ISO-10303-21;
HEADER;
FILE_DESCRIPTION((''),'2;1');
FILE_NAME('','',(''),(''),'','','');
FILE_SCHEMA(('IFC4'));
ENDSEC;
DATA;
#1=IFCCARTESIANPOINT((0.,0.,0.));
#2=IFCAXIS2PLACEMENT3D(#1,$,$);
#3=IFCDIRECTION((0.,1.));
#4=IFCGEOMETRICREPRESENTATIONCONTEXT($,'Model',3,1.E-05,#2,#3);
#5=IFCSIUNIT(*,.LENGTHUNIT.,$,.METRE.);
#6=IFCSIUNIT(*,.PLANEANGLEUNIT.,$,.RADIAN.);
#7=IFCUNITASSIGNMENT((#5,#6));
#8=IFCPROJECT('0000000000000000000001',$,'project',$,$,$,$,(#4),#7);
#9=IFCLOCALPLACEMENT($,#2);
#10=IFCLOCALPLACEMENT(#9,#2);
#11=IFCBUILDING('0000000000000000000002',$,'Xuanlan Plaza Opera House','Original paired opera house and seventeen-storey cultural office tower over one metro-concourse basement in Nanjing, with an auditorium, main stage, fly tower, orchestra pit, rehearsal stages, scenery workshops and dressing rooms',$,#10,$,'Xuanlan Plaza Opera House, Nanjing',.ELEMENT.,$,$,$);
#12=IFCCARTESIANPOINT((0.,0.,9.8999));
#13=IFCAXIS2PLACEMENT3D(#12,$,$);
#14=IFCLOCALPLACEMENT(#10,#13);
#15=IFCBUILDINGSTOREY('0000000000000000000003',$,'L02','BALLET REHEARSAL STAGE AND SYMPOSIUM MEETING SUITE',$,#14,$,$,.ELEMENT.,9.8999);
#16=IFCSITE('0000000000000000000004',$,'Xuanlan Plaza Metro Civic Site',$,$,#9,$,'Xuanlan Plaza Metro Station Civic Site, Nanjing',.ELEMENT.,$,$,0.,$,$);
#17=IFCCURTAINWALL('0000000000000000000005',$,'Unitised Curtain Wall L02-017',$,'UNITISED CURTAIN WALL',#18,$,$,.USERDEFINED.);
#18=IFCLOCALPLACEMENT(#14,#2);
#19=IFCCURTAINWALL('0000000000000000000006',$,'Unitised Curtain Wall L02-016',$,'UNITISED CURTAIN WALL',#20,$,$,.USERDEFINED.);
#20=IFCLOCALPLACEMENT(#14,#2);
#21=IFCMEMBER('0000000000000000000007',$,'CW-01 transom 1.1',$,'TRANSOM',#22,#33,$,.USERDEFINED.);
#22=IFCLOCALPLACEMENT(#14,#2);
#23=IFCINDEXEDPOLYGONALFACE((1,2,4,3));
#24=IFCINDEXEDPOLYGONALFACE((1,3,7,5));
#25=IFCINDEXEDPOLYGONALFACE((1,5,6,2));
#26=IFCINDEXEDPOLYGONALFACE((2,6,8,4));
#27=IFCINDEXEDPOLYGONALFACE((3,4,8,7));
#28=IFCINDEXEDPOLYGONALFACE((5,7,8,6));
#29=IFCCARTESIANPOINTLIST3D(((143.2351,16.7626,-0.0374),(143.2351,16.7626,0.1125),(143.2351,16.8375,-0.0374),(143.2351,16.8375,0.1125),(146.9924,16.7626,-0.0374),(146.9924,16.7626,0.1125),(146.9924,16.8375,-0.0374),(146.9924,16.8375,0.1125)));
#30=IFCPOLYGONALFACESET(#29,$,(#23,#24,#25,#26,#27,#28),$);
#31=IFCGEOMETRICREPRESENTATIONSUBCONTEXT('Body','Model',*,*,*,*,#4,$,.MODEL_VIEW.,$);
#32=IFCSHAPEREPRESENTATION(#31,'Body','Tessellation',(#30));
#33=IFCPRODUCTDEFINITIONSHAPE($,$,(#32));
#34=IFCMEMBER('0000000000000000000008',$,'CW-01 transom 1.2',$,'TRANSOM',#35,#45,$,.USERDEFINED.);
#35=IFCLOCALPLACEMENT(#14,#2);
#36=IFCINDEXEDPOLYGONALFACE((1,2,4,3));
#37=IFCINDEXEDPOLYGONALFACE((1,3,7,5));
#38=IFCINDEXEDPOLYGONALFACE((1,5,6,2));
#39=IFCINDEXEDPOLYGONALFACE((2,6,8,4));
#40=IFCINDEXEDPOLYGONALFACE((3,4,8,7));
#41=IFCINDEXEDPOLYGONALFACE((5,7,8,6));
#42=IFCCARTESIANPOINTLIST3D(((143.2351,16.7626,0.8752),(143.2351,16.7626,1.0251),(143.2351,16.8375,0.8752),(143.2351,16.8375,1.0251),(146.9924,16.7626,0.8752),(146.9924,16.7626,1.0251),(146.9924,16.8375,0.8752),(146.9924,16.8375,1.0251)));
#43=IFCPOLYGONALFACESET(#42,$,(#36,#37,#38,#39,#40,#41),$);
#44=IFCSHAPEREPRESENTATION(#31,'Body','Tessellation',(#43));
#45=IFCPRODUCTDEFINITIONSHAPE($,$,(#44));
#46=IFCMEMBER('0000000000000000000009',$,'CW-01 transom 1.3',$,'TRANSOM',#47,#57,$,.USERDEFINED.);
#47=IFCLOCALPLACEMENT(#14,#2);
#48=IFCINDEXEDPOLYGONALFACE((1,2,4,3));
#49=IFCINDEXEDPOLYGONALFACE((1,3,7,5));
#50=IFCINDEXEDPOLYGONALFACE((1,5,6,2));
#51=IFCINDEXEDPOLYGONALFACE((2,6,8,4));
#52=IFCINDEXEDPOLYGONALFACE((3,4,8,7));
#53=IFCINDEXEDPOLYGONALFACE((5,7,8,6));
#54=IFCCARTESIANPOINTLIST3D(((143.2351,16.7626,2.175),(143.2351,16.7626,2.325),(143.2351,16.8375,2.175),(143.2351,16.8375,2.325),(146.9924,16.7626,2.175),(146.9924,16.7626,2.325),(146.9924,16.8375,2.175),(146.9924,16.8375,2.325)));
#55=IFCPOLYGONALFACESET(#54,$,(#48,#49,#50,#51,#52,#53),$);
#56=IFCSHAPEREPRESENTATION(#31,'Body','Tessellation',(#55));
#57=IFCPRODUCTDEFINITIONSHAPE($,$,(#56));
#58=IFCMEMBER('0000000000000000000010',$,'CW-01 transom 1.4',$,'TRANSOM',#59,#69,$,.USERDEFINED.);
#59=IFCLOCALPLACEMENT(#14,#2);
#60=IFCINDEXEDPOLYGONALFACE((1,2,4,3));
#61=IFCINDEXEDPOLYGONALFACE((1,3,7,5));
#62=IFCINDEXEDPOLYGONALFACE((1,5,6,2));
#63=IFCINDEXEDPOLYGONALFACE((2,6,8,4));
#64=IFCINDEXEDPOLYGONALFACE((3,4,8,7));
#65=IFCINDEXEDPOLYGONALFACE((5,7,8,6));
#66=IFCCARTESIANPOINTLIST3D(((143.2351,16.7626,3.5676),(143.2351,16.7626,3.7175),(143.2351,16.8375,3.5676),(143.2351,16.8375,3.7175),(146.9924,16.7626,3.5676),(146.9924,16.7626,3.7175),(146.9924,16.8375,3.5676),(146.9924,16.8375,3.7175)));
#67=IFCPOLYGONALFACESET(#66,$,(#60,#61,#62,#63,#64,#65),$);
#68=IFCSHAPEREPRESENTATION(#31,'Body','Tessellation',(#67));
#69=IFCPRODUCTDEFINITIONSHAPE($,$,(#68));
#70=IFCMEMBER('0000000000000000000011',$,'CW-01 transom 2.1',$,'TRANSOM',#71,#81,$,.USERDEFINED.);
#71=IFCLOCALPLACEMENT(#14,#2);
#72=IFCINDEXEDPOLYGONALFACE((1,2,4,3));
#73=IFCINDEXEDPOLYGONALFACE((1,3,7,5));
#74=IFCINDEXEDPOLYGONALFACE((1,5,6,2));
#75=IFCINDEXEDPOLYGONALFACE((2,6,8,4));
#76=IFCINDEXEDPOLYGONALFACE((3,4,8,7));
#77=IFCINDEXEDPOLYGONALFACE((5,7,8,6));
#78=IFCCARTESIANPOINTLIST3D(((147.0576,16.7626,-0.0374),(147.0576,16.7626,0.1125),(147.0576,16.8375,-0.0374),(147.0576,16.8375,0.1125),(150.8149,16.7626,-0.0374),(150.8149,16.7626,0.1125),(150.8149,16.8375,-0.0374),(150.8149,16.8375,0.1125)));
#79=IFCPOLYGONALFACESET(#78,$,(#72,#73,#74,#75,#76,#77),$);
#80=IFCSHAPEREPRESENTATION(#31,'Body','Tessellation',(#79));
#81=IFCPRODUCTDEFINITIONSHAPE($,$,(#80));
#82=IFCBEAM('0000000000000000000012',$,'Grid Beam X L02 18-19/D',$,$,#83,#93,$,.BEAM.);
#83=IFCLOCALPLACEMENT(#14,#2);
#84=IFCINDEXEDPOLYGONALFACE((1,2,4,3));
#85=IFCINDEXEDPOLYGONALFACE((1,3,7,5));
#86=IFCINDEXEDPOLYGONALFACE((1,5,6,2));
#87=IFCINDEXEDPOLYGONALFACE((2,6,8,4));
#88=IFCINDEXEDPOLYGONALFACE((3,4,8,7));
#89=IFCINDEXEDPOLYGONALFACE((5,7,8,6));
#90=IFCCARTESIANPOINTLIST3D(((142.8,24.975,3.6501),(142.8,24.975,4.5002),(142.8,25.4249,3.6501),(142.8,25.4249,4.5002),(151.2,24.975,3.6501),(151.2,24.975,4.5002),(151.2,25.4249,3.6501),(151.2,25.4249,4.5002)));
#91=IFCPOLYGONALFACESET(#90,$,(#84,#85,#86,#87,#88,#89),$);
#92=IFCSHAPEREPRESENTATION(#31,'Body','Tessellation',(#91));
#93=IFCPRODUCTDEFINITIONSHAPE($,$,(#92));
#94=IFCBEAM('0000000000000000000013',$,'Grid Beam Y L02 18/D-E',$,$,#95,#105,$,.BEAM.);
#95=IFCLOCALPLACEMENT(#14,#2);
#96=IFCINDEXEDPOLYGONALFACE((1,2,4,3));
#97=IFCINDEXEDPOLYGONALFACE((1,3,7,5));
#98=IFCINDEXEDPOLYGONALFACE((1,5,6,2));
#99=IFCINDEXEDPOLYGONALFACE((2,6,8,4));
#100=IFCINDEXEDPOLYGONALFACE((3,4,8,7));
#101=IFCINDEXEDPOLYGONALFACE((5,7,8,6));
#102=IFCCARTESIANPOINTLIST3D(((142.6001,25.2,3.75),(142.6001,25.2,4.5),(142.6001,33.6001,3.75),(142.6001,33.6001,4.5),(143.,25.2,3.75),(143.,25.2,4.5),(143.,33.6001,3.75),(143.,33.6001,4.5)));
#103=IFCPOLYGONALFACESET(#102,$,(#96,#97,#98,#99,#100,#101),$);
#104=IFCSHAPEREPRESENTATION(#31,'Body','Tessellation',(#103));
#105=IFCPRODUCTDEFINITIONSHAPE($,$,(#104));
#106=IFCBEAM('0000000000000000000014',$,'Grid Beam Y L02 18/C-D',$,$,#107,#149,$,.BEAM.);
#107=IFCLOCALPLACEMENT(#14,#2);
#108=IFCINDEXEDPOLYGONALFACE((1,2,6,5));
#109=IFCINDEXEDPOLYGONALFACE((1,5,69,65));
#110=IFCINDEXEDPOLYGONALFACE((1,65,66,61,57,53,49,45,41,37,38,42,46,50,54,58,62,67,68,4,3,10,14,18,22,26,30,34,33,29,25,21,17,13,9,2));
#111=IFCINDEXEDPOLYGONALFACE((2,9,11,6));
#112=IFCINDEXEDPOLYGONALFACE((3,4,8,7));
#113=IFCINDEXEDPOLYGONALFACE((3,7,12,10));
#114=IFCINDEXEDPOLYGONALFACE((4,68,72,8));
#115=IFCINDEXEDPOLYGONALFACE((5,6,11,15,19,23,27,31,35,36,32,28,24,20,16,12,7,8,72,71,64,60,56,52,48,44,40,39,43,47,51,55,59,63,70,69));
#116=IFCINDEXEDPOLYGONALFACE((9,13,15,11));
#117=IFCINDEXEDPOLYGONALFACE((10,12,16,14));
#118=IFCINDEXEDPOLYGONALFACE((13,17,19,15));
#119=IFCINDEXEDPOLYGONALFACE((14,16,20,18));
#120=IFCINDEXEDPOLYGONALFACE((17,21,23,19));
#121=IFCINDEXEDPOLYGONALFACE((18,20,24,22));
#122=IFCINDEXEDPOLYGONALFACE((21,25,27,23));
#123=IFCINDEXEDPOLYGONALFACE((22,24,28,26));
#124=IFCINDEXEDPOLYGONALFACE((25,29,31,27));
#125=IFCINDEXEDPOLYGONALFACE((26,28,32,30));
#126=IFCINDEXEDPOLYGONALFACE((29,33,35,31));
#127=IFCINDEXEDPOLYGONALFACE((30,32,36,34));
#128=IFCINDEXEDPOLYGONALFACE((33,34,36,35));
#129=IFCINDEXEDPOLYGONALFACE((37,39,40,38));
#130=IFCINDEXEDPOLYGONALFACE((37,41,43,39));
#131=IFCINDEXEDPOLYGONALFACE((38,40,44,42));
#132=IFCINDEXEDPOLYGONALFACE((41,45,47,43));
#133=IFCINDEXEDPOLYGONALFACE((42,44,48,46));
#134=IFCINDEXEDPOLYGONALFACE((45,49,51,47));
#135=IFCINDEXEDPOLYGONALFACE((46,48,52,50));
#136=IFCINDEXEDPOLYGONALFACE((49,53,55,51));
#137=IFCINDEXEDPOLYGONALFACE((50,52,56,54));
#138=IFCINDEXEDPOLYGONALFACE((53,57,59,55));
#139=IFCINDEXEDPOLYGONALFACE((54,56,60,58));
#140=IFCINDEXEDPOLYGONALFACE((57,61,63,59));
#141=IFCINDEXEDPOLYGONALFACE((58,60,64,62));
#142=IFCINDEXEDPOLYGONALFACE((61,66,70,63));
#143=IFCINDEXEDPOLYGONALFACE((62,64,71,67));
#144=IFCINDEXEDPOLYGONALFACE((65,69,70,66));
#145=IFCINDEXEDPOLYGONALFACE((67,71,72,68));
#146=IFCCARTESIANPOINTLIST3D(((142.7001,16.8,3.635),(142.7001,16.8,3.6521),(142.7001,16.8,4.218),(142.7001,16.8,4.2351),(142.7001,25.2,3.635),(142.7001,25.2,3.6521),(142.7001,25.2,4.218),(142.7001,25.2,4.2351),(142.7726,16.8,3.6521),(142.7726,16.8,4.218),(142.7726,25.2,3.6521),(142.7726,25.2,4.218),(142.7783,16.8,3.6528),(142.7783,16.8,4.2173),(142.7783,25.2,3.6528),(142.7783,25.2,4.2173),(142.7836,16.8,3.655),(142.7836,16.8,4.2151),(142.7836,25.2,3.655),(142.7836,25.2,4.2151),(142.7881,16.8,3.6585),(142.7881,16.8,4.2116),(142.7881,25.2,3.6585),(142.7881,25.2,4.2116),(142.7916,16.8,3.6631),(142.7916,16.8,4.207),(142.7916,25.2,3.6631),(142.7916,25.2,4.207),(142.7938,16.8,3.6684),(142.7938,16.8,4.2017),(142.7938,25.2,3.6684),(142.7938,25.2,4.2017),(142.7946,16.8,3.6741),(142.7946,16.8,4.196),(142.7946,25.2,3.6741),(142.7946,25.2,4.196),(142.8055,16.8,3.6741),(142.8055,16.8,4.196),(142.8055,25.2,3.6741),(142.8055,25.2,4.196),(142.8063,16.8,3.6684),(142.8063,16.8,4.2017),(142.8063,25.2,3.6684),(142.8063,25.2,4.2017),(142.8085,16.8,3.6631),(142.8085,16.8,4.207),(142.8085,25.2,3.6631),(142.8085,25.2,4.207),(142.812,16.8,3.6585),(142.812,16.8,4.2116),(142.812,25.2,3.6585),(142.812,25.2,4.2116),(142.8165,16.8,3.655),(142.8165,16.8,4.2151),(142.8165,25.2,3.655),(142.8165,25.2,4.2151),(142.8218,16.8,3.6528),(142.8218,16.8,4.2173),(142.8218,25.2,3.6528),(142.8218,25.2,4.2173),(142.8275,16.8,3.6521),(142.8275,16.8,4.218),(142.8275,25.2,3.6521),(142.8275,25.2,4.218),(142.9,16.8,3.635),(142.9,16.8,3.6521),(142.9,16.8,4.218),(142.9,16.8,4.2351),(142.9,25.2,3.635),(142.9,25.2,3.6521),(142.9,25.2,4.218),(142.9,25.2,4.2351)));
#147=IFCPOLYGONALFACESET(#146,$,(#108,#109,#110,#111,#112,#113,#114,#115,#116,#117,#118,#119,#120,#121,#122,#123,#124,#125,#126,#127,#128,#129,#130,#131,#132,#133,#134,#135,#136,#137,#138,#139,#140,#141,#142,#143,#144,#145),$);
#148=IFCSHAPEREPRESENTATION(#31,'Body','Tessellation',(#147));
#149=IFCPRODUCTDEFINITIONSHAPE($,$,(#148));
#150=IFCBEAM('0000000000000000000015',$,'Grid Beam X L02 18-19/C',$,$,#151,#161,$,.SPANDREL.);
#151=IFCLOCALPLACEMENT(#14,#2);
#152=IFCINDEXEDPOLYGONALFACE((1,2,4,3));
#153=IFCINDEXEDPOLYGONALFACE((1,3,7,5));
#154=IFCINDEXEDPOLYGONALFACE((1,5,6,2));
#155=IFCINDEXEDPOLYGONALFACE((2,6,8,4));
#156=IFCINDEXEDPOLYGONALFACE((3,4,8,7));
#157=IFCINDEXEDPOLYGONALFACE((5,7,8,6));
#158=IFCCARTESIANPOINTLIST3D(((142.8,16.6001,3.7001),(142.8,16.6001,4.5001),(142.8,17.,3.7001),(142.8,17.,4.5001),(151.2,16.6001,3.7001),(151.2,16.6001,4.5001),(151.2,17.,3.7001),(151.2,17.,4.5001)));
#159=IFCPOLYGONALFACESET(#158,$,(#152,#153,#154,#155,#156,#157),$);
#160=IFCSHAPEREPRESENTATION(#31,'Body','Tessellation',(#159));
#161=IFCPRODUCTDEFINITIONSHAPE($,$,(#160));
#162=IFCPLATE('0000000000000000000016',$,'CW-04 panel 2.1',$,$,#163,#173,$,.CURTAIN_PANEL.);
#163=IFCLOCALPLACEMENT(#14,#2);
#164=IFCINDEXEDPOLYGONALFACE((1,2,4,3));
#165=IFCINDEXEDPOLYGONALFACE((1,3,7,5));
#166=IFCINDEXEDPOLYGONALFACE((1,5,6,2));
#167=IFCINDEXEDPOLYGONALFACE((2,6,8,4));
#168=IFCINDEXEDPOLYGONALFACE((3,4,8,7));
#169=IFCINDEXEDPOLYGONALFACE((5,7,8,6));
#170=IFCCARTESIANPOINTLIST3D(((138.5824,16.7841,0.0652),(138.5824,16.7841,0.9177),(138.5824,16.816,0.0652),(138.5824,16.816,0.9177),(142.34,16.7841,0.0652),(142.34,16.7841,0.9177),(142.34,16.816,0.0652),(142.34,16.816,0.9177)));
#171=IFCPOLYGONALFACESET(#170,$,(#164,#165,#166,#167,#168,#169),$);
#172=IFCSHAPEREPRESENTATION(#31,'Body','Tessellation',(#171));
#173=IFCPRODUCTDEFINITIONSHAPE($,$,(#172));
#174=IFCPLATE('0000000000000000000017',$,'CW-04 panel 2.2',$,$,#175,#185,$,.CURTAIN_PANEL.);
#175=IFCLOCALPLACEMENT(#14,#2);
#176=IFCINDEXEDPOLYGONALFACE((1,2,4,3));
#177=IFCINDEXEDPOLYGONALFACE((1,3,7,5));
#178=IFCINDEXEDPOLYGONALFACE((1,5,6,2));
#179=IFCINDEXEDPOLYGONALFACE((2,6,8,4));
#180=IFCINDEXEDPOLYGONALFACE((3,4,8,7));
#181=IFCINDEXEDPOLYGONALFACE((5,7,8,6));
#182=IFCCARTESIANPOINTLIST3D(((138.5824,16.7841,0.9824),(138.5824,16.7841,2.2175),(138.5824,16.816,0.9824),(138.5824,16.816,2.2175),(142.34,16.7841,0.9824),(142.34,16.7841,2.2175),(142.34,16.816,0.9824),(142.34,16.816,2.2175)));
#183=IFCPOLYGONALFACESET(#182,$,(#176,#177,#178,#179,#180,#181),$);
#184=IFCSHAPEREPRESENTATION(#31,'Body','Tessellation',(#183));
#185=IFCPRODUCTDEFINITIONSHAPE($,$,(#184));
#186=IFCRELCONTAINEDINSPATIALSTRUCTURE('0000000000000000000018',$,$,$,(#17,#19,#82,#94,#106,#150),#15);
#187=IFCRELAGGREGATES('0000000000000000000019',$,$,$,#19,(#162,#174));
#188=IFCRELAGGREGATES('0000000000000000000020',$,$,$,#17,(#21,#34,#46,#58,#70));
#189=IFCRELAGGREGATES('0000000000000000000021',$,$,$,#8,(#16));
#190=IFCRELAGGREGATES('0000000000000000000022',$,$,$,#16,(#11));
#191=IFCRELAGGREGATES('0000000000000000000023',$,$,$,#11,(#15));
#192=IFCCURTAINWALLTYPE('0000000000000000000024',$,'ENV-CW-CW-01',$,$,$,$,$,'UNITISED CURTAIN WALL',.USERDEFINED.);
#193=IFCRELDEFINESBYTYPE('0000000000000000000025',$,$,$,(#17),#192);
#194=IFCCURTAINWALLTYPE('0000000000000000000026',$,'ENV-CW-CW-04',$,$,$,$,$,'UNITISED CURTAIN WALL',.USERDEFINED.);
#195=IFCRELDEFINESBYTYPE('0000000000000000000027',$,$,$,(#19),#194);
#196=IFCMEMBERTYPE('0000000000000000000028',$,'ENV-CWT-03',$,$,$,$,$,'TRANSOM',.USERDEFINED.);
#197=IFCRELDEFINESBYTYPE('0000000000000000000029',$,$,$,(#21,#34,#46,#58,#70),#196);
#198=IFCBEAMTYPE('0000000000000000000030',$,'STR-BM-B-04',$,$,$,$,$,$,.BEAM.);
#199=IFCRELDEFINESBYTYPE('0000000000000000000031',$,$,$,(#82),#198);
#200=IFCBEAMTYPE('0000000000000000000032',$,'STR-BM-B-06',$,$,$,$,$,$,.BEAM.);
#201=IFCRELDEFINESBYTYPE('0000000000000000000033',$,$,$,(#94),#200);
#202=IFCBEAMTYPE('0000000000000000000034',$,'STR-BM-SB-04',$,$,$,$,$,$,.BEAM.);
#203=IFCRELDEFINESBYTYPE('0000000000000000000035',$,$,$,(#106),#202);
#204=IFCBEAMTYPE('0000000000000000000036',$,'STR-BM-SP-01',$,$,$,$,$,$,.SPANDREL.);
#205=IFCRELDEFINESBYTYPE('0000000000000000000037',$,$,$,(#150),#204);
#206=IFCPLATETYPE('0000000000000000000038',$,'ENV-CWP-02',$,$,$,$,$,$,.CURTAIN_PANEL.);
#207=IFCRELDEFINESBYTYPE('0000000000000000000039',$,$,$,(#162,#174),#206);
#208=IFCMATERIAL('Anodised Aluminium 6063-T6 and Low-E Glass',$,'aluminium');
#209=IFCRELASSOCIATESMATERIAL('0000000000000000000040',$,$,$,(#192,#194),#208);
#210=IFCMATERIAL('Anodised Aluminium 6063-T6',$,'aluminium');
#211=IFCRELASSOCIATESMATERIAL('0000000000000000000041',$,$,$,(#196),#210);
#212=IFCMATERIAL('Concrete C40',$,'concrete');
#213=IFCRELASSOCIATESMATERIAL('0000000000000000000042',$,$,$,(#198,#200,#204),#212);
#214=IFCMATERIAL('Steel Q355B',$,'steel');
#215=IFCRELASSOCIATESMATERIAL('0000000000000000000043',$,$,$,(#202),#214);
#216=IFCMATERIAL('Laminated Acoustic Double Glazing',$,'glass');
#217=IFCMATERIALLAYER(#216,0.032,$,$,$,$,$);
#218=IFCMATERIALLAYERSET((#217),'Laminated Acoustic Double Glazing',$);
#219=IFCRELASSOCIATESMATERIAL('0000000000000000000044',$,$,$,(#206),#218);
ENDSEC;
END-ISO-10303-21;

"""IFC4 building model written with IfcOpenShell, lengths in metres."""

from ifc_helpers import new_model, si_unit, direction, frame, origin, origin_2d, place, context, subcontext, project, spatial, rectangle, i_section, extrude, material, layer, layer_set, material_profile, profile_set, type_object, element, aggregate, save


model = new_model("IFC4")

# Units and contexts
model_context = context("Model", 3, precision=1e-05, world=origin(), true_north=direction((0.0, 1.0)))
body_context = subcontext(model_context, "Body", "Model", "MODEL_VIEW")
ifc_project = project(units=[si_unit("LENGTHUNIT", "METRE"), si_unit("PLANEANGLEUNIT", "RADIAN")], contexts=[model_context])

# Site, building, storey
site_placement = place(None, origin())
site = spatial("IfcSite", under=ifc_project, at=site_placement, Name="Xuanlan Plaza Metro Civic Site", LongName="Xuanlan Plaza Metro Station Civic Site, Nanjing", CompositionType="ELEMENT", RefElevation=0.0)
building_placement = place(site_placement, origin())
building = spatial("IfcBuilding", under=site, at=building_placement, Name="Xuanlan Plaza Opera House", Description="Original paired opera house and seventeen-storey cultural office tower over one metro-concourse basement in Nanjing, with an auditorium, main stage, fly tower, orchestra pit, rehearsal stages, scenery workshops and dressing rooms", LongName="Xuanlan Plaza Opera House, Nanjing", CompositionType="ELEMENT")
storey_placement = place(building_placement, frame((0.0, 0.0, 9.8999)))
storey = spatial("IfcBuildingStorey", under=building, at=storey_placement, Name="L02", Description="BALLET REHEARSAL STAGE AND SYMPOSIUM MEETING SUITE", CompositionType="ELEMENT", Elevation=9.8999)

# Shared definitions
ifc_material_1 = material(Name="Concrete C40", Category="concrete")

# Curtain walls
ifc_material_2 = material(Name="Anodised Aluminium 6063-T6 and Low-E Glass", Category="aluminium")
curtain_wall_type_1 = type_object("IfcCurtainWallType", Name="ENV-CW-CW-01", ElementType="UNITISED CURTAIN WALL", PredefinedType="USERDEFINED", material=ifc_material_2)
curtain_wall_1_placement = place(storey_placement, origin())
curtain_wall_1 = element("IfcCurtainWall", 1, at=curtain_wall_1_placement, inside=storey, type_object=curtain_wall_type_1, Name="Unitised Curtain Wall L02-017", ObjectType="UNITISED CURTAIN WALL", PredefinedType="USERDEFINED")
ifc_material_3 = material(Name="Anodised Aluminium 6063-T6", Category="aluminium")
curtain_wall_type_2 = type_object("IfcCurtainWallType", Name="ENV-CW-CW-04", ElementType="UNITISED CURTAIN WALL", PredefinedType="USERDEFINED", material=ifc_material_2)
curtain_wall_2_placement = place(storey_placement, origin())
curtain_wall_2 = element("IfcCurtainWall", 2, at=curtain_wall_2_placement, inside=storey, type_object=curtain_wall_type_2, Name="Unitised Curtain Wall L02-016", ObjectType="UNITISED CURTAIN WALL", PredefinedType="USERDEFINED")

# Members
ifc_material_profile_1 = material_profile(ifc_material_3, rectangle(XDim=0.075, YDim=0.1499, at=origin_2d()), Name="ALU-T 75x150")
ifc_profile_set_1 = profile_set([ifc_material_profile_1], Name="Anodised Aluminium 6063-T6")
member_type_1 = type_object("IfcMemberType", Name="ENV-CWT-03", ElementType="TRANSOM", PredefinedType="USERDEFINED", material=ifc_profile_set_1)
member_1_placement = place(storey_placement, frame((143.2351, 16.8, 0.0376), z_axis=(1.0, 0.0, 0.0), x_axis=(0.0, 1.0, 0.0)))
member_1 = element("IfcMember", 3, at=member_1_placement, type_object=member_type_1, Name="CW-01 transom 1.1", ObjectType="TRANSOM", PredefinedType="USERDEFINED", context=body_context, shape_type="SweptSolid", body=[
    extrude(rectangle(XDim=0.075, YDim=0.1499, at=origin_2d()), origin(), (0.0, 0.0, 1.0), 3.7573),
])
member_2_placement = place(storey_placement, frame((143.2351, 16.8, 0.9502), z_axis=(1.0, 0.0, 0.0), x_axis=(0.0, 1.0, 0.0)))
member_2 = element("IfcMember", 4, at=member_2_placement, type_object=member_type_1, Name="CW-01 transom 1.2", ObjectType="TRANSOM", PredefinedType="USERDEFINED", context=body_context, shape_type="SweptSolid", body=[
    extrude(rectangle(XDim=0.075, YDim=0.1499, at=origin_2d()), origin(), (0.0, 0.0, 1.0), 3.7573),
])
member_3_placement = place(storey_placement, frame((143.2351, 16.8, 2.25), z_axis=(1.0, 0.0, 0.0), x_axis=(0.0, 1.0, 0.0)))
member_3 = element("IfcMember", 5, at=member_3_placement, type_object=member_type_1, Name="CW-01 transom 1.3", ObjectType="TRANSOM", PredefinedType="USERDEFINED", context=body_context, shape_type="SweptSolid", body=[
    extrude(rectangle(XDim=0.075, YDim=0.1499, at=origin_2d()), origin(), (0.0, 0.0, 1.0), 3.7573),
])
member_4_placement = place(storey_placement, frame((143.2351, 16.8, 3.6426), z_axis=(1.0, 0.0, 0.0), x_axis=(0.0, 1.0, 0.0)))
member_4 = element("IfcMember", 6, at=member_4_placement, type_object=member_type_1, Name="CW-01 transom 1.4", ObjectType="TRANSOM", PredefinedType="USERDEFINED", context=body_context, shape_type="SweptSolid", body=[
    extrude(rectangle(XDim=0.075, YDim=0.1499, at=origin_2d()), origin(), (0.0, 0.0, 1.0), 3.7573),
])
member_5_placement = place(storey_placement, frame((147.0576, 16.8, 0.0376), z_axis=(1.0, 0.0, 0.0), x_axis=(0.0, 1.0, 0.0)))
member_5 = element("IfcMember", 7, at=member_5_placement, type_object=member_type_1, Name="CW-01 transom 2.1", ObjectType="TRANSOM", PredefinedType="USERDEFINED", context=body_context, shape_type="SweptSolid", body=[
    extrude(rectangle(XDim=0.075, YDim=0.1499, at=origin_2d()), origin(), (0.0, 0.0, 1.0), 3.7573),
])

# Beams
ifc_material_profile_2 = material_profile(ifc_material_1, rectangle(XDim=0.45, YDim=0.8501, at=origin_2d()), Name="RC-BM 450x850")
ifc_profile_set_2 = profile_set([ifc_material_profile_2], Name="Concrete C40")
beam_type_1 = type_object("IfcBeamType", Name="STR-BM-B-04", PredefinedType="BEAM", material=ifc_profile_set_2)
beam_1_placement = place(storey_placement, frame((142.8, 25.2, 4.0752), z_axis=(1.0, 0.0, 0.0), x_axis=(0.0, 1.0, 0.0)))
element("IfcBeam", 8, at=beam_1_placement, inside=storey, type_object=beam_type_1, Name="Grid Beam X L02 18-19/D", PredefinedType="BEAM", context=body_context, shape_type="SweptSolid", body=[
    extrude(rectangle(XDim=0.45, YDim=0.8501, at=origin_2d()), origin(), (0.0, 0.0, 1.0), 8.3999),
])
ifc_material_profile_3 = material_profile(ifc_material_1, rectangle(XDim=0.3999, YDim=0.75, at=origin_2d()), Name="RC-BM 400x750")
ifc_profile_set_3 = profile_set([ifc_material_profile_3], Name="Concrete C40")
beam_type_2 = type_object("IfcBeamType", Name="STR-BM-B-06", PredefinedType="BEAM", material=ifc_profile_set_3)
beam_2_placement = place(storey_placement, frame((142.8, 25.2, 4.125), z_axis=(0.0, 1.0, 0.0), x_axis=(-1.0, 0.0, 0.0)))
element("IfcBeam", 9, at=beam_2_placement, inside=storey, type_object=beam_type_2, Name="Grid Beam Y L02 18/D-E", PredefinedType="BEAM", context=body_context, shape_type="SweptSolid", body=[
    extrude(rectangle(XDim=0.3999, YDim=0.75, at=origin_2d()), origin(), (0.0, 0.0, 1.0), 8.4001),
])
ifc_material_4 = material(Name="Steel Q355B", Category="steel")
ifc_material_profile_4 = material_profile(ifc_material_4, i_section(OverallWidth=0.2, OverallDepth=0.6001, WebThickness=0.011, FlangeThickness=0.0171, FilletRadius=0.022, at=origin_2d()), Name="HN 600x200x11x17")
ifc_profile_set_4 = profile_set([ifc_material_profile_4], Name="Steel Q355B")
beam_type_3 = type_object("IfcBeamType", Name="STR-BM-SB-04", PredefinedType="BEAM", material=ifc_profile_set_4)
beam_3_placement = place(storey_placement, frame((142.8, 16.8, 3.9351), z_axis=(0.0, 1.0, 0.0), x_axis=(-1.0, 0.0, 0.0)))
element("IfcBeam", 10, at=beam_3_placement, inside=storey, type_object=beam_type_3, Name="Grid Beam Y L02 18/C-D", PredefinedType="BEAM", context=body_context, shape_type="SweptSolid", body=[
    extrude(i_section(OverallWidth=0.2, OverallDepth=0.6001, WebThickness=0.011, FlangeThickness=0.0171, FilletRadius=0.022, at=origin_2d()), origin(), (0.0, 0.0, 1.0), 8.3999),
])
ifc_material_profile_5 = material_profile(ifc_material_1, rectangle(XDim=0.3999, YDim=0.8, at=origin_2d()), Name="RC-SPD 400x800")
ifc_profile_set_5 = profile_set([ifc_material_profile_5], Name="Concrete C40")
beam_type_4 = type_object("IfcBeamType", Name="STR-BM-SP-01", PredefinedType="SPANDREL", material=ifc_profile_set_5)
beam_4_placement = place(storey_placement, frame((142.8, 16.8, 4.1001), z_axis=(1.0, 0.0, 0.0), x_axis=(0.0, 1.0, 0.0)))
element("IfcBeam", 11, at=beam_4_placement, inside=storey, type_object=beam_type_4, Name="Grid Beam X L02 18-19/C", PredefinedType="SPANDREL", context=body_context, shape_type="SweptSolid", body=[
    extrude(rectangle(XDim=0.3999, YDim=0.8, at=origin_2d()), origin(), (0.0, 0.0, 1.0), 8.3999),
])

# Plates
ifc_material_5 = material(Name="Laminated Acoustic Double Glazing", Category="glass")
ifc_layer_1 = layer(ifc_material_5, 0.032)
ifc_layer_set_1 = layer_set([ifc_layer_1], Name="Laminated Acoustic Double Glazing")
plate_type_1 = type_object("IfcPlateType", Name="ENV-CWP-02", PredefinedType="CURTAIN_PANEL", material=ifc_layer_set_1)
plate_1_placement = place(storey_placement, frame((140.4612, 16.8, 0.0652), z_axis=(0.0, 0.0, 1.0), x_axis=(1.0, 0.0, 0.0)))
plate_1 = element("IfcPlate", 12, at=plate_1_placement, type_object=plate_type_1, Name="CW-04 panel 2.1", PredefinedType="CURTAIN_PANEL", context=body_context, shape_type="SweptSolid", body=[
    extrude(rectangle(XDim=3.7576, YDim=0.032, at=origin_2d()), origin(), (0.0, 0.0, 1.0), 0.8525),
])
plate_2_placement = place(storey_placement, frame((140.4612, 16.8, 0.9824), z_axis=(0.0, 0.0, 1.0), x_axis=(1.0, 0.0, 0.0)))
plate_2 = element("IfcPlate", 13, at=plate_2_placement, type_object=plate_type_1, Name="CW-04 panel 2.2", PredefinedType="CURTAIN_PANEL", context=body_context, shape_type="SweptSolid", body=[
    extrude(rectangle(XDim=3.7576, YDim=0.032, at=origin_2d()), origin(), (0.0, 0.0, 1.0), 1.2351),
])
aggregate(curtain_wall_2, [plate_1, plate_2])
aggregate(curtain_wall_1, [member_1, member_2, member_3, member_4, member_5])

save(model, "model.ifc")
